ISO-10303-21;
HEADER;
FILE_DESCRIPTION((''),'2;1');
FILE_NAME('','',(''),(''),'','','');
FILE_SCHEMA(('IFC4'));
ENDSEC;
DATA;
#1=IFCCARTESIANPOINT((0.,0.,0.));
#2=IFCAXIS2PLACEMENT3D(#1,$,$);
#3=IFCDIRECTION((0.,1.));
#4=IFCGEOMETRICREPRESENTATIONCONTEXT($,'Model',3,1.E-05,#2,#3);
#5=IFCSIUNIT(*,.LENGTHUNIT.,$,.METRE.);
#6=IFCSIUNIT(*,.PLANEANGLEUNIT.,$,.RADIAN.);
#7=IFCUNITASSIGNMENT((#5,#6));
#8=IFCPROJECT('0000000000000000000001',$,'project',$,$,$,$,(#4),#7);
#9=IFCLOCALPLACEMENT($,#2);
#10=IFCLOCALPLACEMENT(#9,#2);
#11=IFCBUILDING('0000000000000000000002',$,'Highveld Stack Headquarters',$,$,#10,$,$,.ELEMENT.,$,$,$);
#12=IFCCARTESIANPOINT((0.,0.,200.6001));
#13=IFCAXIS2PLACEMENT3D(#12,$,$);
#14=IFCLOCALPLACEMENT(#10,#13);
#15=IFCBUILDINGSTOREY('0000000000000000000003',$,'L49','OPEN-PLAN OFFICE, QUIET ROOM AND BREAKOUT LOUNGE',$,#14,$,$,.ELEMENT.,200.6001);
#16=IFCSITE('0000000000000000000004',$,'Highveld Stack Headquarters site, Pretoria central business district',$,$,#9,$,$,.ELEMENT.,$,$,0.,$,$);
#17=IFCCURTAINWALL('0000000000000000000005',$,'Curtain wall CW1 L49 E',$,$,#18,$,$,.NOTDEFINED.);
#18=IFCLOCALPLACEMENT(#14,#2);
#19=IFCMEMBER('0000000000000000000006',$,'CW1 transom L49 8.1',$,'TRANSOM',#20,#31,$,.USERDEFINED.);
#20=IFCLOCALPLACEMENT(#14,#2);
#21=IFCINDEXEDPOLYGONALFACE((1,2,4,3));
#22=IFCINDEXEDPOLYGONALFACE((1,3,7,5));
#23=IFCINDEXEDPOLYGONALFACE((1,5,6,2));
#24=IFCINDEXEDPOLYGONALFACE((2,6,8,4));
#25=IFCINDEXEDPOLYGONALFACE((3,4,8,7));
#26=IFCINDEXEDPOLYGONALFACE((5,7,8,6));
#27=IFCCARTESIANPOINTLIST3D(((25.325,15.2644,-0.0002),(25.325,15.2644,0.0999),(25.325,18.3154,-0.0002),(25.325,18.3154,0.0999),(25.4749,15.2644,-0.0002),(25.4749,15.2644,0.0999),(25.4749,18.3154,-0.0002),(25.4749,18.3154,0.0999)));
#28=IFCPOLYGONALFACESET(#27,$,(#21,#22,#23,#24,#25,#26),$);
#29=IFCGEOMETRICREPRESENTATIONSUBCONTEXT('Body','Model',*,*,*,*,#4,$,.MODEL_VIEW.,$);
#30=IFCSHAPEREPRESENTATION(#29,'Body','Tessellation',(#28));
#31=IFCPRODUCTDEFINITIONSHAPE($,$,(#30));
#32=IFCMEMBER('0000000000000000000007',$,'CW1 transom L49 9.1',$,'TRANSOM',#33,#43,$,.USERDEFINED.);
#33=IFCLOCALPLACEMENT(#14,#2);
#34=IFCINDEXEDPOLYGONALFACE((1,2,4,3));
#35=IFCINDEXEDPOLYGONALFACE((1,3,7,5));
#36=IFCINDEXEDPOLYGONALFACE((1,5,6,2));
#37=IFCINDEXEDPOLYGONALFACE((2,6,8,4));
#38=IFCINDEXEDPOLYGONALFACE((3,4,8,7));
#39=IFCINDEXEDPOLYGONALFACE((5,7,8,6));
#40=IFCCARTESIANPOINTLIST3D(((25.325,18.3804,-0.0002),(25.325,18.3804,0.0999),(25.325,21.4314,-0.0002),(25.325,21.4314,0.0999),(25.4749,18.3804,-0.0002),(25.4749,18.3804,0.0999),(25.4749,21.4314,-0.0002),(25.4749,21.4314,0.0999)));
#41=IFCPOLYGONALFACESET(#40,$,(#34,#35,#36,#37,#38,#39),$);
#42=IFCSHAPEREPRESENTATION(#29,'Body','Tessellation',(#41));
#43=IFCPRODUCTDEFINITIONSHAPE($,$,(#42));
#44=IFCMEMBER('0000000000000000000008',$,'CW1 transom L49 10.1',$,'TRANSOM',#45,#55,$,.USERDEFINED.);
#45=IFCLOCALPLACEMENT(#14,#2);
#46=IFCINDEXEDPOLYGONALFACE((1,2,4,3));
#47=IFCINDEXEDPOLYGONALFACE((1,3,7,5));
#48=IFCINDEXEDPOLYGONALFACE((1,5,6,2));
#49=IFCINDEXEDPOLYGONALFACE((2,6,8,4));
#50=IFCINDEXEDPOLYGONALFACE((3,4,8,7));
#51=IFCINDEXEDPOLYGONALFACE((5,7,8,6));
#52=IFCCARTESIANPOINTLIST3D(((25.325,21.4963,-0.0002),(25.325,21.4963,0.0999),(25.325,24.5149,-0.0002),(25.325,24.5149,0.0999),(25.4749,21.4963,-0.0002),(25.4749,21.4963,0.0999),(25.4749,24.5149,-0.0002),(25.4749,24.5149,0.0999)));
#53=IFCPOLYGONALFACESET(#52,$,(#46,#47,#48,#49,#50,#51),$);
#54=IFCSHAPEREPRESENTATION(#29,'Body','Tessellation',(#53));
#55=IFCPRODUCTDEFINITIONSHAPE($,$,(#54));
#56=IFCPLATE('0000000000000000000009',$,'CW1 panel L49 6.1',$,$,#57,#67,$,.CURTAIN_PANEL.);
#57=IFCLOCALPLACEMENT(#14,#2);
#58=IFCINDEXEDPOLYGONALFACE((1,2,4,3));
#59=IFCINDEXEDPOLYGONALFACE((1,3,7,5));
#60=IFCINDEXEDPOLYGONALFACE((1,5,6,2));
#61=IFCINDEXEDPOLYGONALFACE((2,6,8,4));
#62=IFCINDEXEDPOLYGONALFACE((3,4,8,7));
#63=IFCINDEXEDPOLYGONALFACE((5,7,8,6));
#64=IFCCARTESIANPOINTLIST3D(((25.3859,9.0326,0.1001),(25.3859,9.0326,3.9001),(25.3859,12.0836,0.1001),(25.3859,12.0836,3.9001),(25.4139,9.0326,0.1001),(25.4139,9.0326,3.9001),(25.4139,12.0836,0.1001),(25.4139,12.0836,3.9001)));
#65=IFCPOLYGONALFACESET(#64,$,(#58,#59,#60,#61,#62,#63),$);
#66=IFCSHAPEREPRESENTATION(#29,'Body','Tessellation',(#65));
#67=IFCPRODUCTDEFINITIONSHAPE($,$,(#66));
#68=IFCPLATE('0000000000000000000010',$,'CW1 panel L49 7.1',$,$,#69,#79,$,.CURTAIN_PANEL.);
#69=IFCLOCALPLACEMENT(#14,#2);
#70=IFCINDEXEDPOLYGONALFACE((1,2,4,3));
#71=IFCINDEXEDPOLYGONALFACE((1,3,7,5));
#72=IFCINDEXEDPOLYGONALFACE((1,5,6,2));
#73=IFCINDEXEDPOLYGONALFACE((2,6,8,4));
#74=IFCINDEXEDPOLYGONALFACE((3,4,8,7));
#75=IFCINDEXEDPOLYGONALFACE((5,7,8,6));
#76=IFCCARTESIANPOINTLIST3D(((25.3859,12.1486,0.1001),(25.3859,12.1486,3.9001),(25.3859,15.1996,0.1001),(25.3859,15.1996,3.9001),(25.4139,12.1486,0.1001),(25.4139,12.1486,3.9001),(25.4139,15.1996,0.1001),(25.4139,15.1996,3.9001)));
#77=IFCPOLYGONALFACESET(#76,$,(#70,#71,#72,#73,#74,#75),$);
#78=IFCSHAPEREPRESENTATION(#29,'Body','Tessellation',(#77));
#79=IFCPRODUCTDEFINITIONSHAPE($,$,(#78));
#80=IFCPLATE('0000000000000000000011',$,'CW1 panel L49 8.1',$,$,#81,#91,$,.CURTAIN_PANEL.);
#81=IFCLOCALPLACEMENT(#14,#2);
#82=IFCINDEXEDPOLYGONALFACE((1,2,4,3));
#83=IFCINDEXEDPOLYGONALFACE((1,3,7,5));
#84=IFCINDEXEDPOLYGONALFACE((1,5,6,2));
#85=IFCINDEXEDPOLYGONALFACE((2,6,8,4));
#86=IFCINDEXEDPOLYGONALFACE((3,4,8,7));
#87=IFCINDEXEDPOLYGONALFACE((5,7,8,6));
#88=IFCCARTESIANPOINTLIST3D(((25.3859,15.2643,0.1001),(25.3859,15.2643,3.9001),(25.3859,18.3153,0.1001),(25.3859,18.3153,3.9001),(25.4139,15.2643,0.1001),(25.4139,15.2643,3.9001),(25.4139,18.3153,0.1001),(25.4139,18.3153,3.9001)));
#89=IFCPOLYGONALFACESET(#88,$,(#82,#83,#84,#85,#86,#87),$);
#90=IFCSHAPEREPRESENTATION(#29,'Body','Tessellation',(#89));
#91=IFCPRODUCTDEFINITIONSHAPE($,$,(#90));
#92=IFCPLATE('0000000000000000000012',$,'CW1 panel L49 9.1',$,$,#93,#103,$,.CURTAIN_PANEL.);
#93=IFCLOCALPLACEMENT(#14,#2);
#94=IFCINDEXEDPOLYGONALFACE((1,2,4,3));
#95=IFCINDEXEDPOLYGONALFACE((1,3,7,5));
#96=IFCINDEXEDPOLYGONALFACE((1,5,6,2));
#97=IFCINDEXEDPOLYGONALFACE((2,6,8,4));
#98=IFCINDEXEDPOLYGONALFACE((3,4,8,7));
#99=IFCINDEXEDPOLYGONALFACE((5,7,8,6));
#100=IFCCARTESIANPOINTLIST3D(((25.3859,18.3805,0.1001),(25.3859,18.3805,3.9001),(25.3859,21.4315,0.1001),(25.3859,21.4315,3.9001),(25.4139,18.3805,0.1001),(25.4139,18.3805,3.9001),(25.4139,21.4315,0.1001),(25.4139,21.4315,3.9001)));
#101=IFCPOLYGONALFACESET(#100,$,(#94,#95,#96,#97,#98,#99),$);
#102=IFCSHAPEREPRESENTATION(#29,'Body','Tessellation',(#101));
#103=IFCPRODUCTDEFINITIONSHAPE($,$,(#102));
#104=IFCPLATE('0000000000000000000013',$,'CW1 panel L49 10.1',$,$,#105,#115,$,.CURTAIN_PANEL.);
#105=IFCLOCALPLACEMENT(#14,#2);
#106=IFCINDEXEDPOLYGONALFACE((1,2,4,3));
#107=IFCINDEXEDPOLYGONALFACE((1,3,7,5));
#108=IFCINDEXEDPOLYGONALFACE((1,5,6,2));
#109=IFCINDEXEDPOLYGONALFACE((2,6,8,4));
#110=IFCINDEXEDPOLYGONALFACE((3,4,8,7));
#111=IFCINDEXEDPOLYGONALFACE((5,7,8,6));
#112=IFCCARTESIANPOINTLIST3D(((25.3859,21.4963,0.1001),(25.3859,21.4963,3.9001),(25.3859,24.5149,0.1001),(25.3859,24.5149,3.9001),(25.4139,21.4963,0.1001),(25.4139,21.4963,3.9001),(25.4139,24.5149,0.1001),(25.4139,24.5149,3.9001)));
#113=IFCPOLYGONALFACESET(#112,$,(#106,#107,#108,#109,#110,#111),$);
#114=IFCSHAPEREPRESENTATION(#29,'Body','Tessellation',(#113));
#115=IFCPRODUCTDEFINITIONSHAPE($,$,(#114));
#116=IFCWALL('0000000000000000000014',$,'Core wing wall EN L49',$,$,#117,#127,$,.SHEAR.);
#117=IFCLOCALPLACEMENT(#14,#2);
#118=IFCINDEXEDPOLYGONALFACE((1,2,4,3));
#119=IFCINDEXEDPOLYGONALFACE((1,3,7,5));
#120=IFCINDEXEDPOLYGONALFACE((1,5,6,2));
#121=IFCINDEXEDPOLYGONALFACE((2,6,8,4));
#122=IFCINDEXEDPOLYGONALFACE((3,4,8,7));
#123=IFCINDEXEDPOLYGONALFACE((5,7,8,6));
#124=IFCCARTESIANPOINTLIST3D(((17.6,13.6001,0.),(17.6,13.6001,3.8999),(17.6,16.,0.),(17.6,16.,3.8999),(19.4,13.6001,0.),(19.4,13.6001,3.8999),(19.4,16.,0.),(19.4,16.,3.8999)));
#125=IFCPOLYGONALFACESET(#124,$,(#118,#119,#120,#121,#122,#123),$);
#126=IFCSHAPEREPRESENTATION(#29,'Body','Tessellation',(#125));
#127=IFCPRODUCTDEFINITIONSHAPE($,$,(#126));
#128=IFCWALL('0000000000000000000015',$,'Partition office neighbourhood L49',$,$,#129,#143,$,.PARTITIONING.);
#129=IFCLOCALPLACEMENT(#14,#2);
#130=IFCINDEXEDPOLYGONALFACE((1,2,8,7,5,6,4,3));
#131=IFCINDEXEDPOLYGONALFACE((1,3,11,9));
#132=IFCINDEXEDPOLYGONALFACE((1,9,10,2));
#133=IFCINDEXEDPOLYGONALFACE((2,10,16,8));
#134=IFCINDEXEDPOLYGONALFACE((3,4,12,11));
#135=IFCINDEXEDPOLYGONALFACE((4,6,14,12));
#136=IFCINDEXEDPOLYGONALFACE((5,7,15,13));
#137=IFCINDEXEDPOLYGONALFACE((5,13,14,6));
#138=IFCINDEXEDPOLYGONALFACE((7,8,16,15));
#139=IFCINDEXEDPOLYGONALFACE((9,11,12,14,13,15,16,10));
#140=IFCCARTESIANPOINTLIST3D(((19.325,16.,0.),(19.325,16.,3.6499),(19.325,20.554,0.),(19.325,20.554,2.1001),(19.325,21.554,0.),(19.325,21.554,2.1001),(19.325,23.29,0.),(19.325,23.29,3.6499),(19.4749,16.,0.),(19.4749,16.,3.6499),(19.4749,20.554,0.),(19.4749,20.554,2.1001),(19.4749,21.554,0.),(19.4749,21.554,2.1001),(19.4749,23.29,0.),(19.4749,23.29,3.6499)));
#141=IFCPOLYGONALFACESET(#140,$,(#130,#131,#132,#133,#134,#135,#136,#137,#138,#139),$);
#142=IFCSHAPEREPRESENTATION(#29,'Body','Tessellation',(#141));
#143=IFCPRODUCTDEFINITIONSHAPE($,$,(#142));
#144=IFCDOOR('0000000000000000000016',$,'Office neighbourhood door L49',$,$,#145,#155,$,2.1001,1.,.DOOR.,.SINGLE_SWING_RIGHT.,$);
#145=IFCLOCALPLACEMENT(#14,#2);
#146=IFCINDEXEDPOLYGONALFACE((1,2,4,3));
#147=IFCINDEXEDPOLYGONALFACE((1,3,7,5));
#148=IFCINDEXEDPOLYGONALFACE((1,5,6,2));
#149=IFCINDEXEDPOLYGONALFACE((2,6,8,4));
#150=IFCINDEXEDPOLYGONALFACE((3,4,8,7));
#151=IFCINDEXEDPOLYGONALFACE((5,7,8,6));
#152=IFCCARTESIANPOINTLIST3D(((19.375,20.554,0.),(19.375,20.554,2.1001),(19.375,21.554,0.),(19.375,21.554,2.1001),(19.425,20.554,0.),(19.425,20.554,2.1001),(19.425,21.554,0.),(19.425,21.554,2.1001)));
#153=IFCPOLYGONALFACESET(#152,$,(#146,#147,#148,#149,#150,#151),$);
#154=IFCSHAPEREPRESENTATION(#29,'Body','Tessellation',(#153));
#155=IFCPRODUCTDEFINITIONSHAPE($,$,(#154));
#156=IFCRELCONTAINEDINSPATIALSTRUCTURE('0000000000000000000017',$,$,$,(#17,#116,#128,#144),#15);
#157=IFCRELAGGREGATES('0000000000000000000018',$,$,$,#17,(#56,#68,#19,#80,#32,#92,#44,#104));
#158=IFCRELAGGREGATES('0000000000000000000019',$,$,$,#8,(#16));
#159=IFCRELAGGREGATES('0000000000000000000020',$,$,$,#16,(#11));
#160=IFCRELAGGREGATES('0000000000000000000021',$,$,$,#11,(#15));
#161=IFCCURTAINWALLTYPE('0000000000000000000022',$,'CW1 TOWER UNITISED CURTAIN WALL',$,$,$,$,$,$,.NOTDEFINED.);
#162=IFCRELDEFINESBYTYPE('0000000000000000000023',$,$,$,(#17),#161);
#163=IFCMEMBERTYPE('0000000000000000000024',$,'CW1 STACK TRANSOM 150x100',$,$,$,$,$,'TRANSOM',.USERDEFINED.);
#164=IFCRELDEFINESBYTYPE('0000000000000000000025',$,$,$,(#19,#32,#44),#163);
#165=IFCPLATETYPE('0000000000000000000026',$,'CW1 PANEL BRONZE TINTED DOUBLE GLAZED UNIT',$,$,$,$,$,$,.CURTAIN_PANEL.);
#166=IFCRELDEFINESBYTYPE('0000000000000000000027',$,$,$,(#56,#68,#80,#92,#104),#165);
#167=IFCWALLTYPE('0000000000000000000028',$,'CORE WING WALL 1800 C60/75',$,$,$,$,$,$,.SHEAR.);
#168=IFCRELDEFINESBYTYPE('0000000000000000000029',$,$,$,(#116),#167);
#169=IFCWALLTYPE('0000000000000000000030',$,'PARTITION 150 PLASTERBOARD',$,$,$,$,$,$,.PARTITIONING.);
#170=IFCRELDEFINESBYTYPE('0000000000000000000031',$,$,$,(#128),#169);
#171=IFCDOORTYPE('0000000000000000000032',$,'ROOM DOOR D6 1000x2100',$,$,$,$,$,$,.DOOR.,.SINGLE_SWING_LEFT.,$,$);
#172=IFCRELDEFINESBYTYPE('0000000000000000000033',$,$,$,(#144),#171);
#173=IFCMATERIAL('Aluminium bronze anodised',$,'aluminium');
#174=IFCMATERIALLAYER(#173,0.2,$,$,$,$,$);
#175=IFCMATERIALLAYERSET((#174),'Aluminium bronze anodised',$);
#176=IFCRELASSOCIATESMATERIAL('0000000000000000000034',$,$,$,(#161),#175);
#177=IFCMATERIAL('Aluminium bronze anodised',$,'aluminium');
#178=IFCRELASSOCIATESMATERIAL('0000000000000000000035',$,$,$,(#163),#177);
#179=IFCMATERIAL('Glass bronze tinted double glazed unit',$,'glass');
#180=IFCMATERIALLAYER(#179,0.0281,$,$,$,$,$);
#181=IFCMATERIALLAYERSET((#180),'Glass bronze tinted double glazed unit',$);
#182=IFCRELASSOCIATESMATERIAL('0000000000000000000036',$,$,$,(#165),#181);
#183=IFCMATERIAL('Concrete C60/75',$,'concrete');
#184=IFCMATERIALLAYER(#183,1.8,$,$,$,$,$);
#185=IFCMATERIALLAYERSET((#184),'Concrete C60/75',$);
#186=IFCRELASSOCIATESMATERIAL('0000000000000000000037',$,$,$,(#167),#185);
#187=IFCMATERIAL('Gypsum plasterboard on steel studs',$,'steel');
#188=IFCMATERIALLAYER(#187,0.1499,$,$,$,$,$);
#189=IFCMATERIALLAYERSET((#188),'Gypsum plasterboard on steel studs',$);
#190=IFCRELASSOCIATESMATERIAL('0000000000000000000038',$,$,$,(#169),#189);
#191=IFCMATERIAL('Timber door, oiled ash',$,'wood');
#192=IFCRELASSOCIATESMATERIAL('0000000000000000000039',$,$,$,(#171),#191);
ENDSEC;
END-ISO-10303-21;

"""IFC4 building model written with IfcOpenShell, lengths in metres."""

from ifc_helpers import new_model, si_unit, direction, frame, frame_2d, origin, origin_2d, place, context, subcontext, project, spatial, rectangle, extrude, material, layer, layer_set, material_profile, profile_set, type_object, element, fill, aggregate, save


model = new_model("IFC4")

# Units and contexts
model_context = context("Model", 3, precision=1e-05, world=origin(), true_north=direction((0.0, 1.0)))
body_context = subcontext(model_context, "Body", "Model", "MODEL_VIEW")
ifc_project = project(units=[si_unit("LENGTHUNIT", "METRE"), si_unit("PLANEANGLEUNIT", "RADIAN")], contexts=[model_context])

# Site, building, storey
site_placement = place(None, origin())
site = spatial("IfcSite", under=ifc_project, at=site_placement, Name="Highveld Stack Headquarters site, Pretoria central business district", CompositionType="ELEMENT", RefElevation=0.0)
building_placement = place(site_placement, origin())
building = spatial("IfcBuilding", under=site, at=building_placement, Name="Highveld Stack Headquarters", CompositionType="ELEMENT")
storey_placement = place(building_placement, frame((0.0, 0.0, 200.6001)))
storey = spatial("IfcBuildingStorey", under=building, at=storey_placement, Name="L49", Description="OPEN-PLAN OFFICE, QUIET ROOM AND BREAKOUT LOUNGE", CompositionType="ELEMENT", Elevation=200.6001)

# Curtain wall, members, plates
ifc_material_1 = material(Name="Aluminium bronze anodised", Category="aluminium")
ifc_layer_1 = layer(ifc_material_1, 0.2)
ifc_layer_set_1 = layer_set([ifc_layer_1], Name="Aluminium bronze anodised")
curtain_wall_type = type_object("IfcCurtainWallType", Name="CW1 TOWER UNITISED CURTAIN WALL", PredefinedType="NOTDEFINED", material=ifc_layer_set_1)
curtain_wall_placement = place(storey_placement, origin())
curtain_wall = element("IfcCurtainWall", 1, at=curtain_wall_placement, inside=storey, type_object=curtain_wall_type, Name="Curtain wall CW1 L49 E", PredefinedType="NOTDEFINED")
ifc_material_2 = material(Name="Aluminium bronze anodised", Category="aluminium")
ifc_material_profile_1 = material_profile(ifc_material_2, rectangle(XDim=0.1499, YDim=0.1001, at=origin_2d()), Name="CW1 TRANSOM 150x100")
ifc_profile_set_1 = profile_set([ifc_material_profile_1], Name="Aluminium bronze anodised")
member_type_1 = type_object("IfcMemberType", Name="CW1 STACK TRANSOM 150x100", ElementType="TRANSOM", PredefinedType="USERDEFINED", material=ifc_profile_set_1)
member_1_placement = place(storey_placement, frame((25.3999, 15.2644, 0.0498), z_axis=(0.0, 1.0, 0.0), x_axis=(-1.0, 0.0, 0.0)))
member_1 = element("IfcMember", 2, at=member_1_placement, type_object=member_type_1, Name="CW1 transom L49 8.1", ObjectType="TRANSOM", PredefinedType="USERDEFINED", context=body_context, shape_type="SweptSolid", body=[
    extrude(rectangle(XDim=0.1499, YDim=0.1001, at=origin_2d()), origin(), (0.0, 0.0, 1.0), 3.051),
])
member_2_placement = place(storey_placement, frame((25.3999, 18.3804, 0.0498), z_axis=(0.0, 1.0, 0.0), x_axis=(-1.0, 0.0, 0.0)))
member_2 = element("IfcMember", 3, at=member_2_placement, type_object=member_type_1, Name="CW1 transom L49 9.1", ObjectType="TRANSOM", PredefinedType="USERDEFINED", context=body_context, shape_type="SweptSolid", body=[
    extrude(rectangle(XDim=0.1499, YDim=0.1001, at=origin_2d()), origin(), (0.0, 0.0, 1.0), 3.051),
])
member_3_placement = place(storey_placement, frame((25.3999, 21.4963, 0.0498), z_axis=(0.0, 1.0, 0.0), x_axis=(-1.0, 0.0, 0.0)))
member_3 = element("IfcMember", 4, at=member_3_placement, type_object=member_type_1, Name="CW1 transom L49 10.1", ObjectType="TRANSOM", PredefinedType="USERDEFINED", context=body_context, shape_type="SweptSolid", body=[
    extrude(rectangle(XDim=0.1499, YDim=0.1001, at=origin_2d()), origin(), (0.0, 0.0, 1.0), 3.0186),
])
ifc_material_3 = material(Name="Glass bronze tinted double glazed unit", Category="glass")
ifc_layer_2 = layer(ifc_material_3, 0.0281)
ifc_layer_set_2 = layer_set([ifc_layer_2], Name="Glass bronze tinted double glazed unit")
plate_type = type_object("IfcPlateType", Name="CW1 PANEL BRONZE TINTED DOUBLE GLAZED UNIT", PredefinedType="CURTAIN_PANEL", material=ifc_layer_set_2)
plate_1_placement = place(storey_placement, frame((25.3999, 10.5581, 0.1001), z_axis=(0.0, 0.0, 1.0), x_axis=(0.0, 1.0, 0.0)))
plate_1 = element("IfcPlate", 5, at=plate_1_placement, type_object=plate_type, Name="CW1 panel L49 6.1", PredefinedType="CURTAIN_PANEL", context=body_context, shape_type="SweptSolid", body=[
    extrude(rectangle(XDim=3.051, YDim=0.0281, at=origin_2d()), origin(), (0.0, 0.0, 1.0), 3.8),
])
plate_2_placement = place(storey_placement, frame((25.3999, 13.6741, 0.1001), z_axis=(0.0, 0.0, 1.0), x_axis=(0.0, 1.0, 0.0)))
plate_2 = element("IfcPlate", 6, at=plate_2_placement, type_object=plate_type, Name="CW1 panel L49 7.1", PredefinedType="CURTAIN_PANEL", context=body_context, shape_type="SweptSolid", body=[
    extrude(rectangle(XDim=3.051, YDim=0.0281, at=origin_2d()), origin(), (0.0, 0.0, 1.0), 3.8),
])
plate_3_placement = place(storey_placement, frame((25.3999, 16.7898, 0.1001), z_axis=(0.0, 0.0, 1.0), x_axis=(0.0, 1.0, 0.0)))
plate_3 = element("IfcPlate", 7, at=plate_3_placement, type_object=plate_type, Name="CW1 panel L49 8.1", PredefinedType="CURTAIN_PANEL", context=body_context, shape_type="SweptSolid", body=[
    extrude(rectangle(XDim=3.051, YDim=0.0281, at=origin_2d()), origin(), (0.0, 0.0, 1.0), 3.8),
])
plate_4_placement = place(storey_placement, frame((25.3999, 19.906, 0.1001), z_axis=(0.0, 0.0, 1.0), x_axis=(0.0, 1.0, 0.0)))
plate_4 = element("IfcPlate", 8, at=plate_4_placement, type_object=plate_type, Name="CW1 panel L49 9.1", PredefinedType="CURTAIN_PANEL", context=body_context, shape_type="SweptSolid", body=[
    extrude(rectangle(XDim=3.051, YDim=0.0281, at=origin_2d()), origin(), (0.0, 0.0, 1.0), 3.8),
])
plate_5_placement = place(storey_placement, frame((25.3999, 23.0056, 0.1001), z_axis=(0.0, 0.0, 1.0), x_axis=(0.0, 1.0, 0.0)))
plate_5 = element("IfcPlate", 9, at=plate_5_placement, type_object=plate_type, Name="CW1 panel L49 10.1", PredefinedType="CURTAIN_PANEL", context=body_context, shape_type="SweptSolid", body=[
    extrude(rectangle(XDim=3.0186, YDim=0.0281, at=origin_2d()), origin(), (0.0, 0.0, 1.0), 3.8),
])
aggregate(curtain_wall, [plate_1, plate_2, member_1, plate_3, member_2, plate_4, member_3, plate_5])

# Wall
ifc_material_4 = material(Name="Concrete C60/75", Category="concrete")
ifc_layer_3 = layer(ifc_material_4, 1.8)
ifc_layer_set_3 = layer_set([ifc_layer_3], Name="Concrete C60/75")
wall_type_1 = type_object("IfcWallType", Name="CORE WING WALL 1800 C60/75", PredefinedType="SHEAR", material=ifc_layer_set_3)
wall_1_placement = place(storey_placement, frame((18.5, 13.6001, 0.0), z_axis=(0.0, 0.0, 1.0), x_axis=(0.0, 1.0, 0.0)))
element("IfcWall", 10, at=wall_1_placement, inside=storey, type_object=wall_type_1, Name="Core wing wall EN L49", PredefinedType="SHEAR", context=body_context, shape_type="SweptSolid", body=[
    extrude(rectangle(XDim=2.3999, YDim=1.8, at=frame_2d((1.2, 0.0))), origin(), (0.0, 0.0, 1.0), 3.8999),
])

# Wall, opening, door
ifc_material_5 = material(Name="Gypsum plasterboard on steel studs", Category="steel")
ifc_layer_4 = layer(ifc_material_5, 0.1499)
ifc_layer_set_4 = layer_set([ifc_layer_4], Name="Gypsum plasterboard on steel studs")
wall_type_2 = type_object("IfcWallType", Name="PARTITION 150 PLASTERBOARD", PredefinedType="PARTITIONING", material=ifc_layer_set_4)
wall_2_placement = place(storey_placement, frame((19.3999, 16.0, 0.0), z_axis=(0.0, 0.0, 1.0), x_axis=(0.0, 1.0, 0.0)))
wall_2 = element("IfcWall", 11, at=wall_2_placement, inside=storey, type_object=wall_type_2, Name="Partition office neighbourhood L49", PredefinedType="PARTITIONING", context=body_context, shape_type="SweptSolid", body=[
    extrude(rectangle(XDim=7.29, YDim=0.1499, at=frame_2d((3.645, 0.0))), origin(), (0.0, 0.0, 1.0), 3.6499),
])
opening_placement = place(wall_2_placement, frame((4.554, 0.0, 0.0)))
opening = element("IfcOpeningElement", 12, at=opening_placement, cuts=wall_2, PredefinedType="OPENING", context=body_context, shape_type="SweptSolid", body=[
    extrude(rectangle(XDim=1.0, YDim=2.1001, at=frame_2d((0.5, 1.05))), frame((0.0, 0.085, 0.0), z_axis=(0.0, -1.0, 0.0), x_axis=(1.0, 0.0, 0.0)), (0.0, 0.0, 1.0), 0.1699),
])
ifc_material_6 = material(Name="Timber door, oiled ash", Category="wood")
door_type = type_object("IfcDoorType", Name="ROOM DOOR D6 1000x2100", OperationType="SINGLE_SWING_LEFT", PredefinedType="DOOR", material=ifc_material_6)
door_placement = place(opening_placement, origin())
door = element("IfcDoor", 13, at=door_placement, inside=storey, type_object=door_type, Name="Office neighbourhood door L49", OperationType="SINGLE_SWING_RIGHT", OverallHeight=2.1001, OverallWidth=1.0, PredefinedType="DOOR", context=body_context, shape_type="SweptSolid", body=[
    extrude(rectangle(XDim=1.0, YDim=2.1001, at=frame_2d((0.5, 1.05))), frame((0.0, 0.0249, 0.0), z_axis=(0.0, -1.0, 0.0), x_axis=(1.0, 0.0, 0.0)), (0.0, 0.0, 1.0), 0.05),
])
fill(opening, door)

save(model, "model.ifc")
